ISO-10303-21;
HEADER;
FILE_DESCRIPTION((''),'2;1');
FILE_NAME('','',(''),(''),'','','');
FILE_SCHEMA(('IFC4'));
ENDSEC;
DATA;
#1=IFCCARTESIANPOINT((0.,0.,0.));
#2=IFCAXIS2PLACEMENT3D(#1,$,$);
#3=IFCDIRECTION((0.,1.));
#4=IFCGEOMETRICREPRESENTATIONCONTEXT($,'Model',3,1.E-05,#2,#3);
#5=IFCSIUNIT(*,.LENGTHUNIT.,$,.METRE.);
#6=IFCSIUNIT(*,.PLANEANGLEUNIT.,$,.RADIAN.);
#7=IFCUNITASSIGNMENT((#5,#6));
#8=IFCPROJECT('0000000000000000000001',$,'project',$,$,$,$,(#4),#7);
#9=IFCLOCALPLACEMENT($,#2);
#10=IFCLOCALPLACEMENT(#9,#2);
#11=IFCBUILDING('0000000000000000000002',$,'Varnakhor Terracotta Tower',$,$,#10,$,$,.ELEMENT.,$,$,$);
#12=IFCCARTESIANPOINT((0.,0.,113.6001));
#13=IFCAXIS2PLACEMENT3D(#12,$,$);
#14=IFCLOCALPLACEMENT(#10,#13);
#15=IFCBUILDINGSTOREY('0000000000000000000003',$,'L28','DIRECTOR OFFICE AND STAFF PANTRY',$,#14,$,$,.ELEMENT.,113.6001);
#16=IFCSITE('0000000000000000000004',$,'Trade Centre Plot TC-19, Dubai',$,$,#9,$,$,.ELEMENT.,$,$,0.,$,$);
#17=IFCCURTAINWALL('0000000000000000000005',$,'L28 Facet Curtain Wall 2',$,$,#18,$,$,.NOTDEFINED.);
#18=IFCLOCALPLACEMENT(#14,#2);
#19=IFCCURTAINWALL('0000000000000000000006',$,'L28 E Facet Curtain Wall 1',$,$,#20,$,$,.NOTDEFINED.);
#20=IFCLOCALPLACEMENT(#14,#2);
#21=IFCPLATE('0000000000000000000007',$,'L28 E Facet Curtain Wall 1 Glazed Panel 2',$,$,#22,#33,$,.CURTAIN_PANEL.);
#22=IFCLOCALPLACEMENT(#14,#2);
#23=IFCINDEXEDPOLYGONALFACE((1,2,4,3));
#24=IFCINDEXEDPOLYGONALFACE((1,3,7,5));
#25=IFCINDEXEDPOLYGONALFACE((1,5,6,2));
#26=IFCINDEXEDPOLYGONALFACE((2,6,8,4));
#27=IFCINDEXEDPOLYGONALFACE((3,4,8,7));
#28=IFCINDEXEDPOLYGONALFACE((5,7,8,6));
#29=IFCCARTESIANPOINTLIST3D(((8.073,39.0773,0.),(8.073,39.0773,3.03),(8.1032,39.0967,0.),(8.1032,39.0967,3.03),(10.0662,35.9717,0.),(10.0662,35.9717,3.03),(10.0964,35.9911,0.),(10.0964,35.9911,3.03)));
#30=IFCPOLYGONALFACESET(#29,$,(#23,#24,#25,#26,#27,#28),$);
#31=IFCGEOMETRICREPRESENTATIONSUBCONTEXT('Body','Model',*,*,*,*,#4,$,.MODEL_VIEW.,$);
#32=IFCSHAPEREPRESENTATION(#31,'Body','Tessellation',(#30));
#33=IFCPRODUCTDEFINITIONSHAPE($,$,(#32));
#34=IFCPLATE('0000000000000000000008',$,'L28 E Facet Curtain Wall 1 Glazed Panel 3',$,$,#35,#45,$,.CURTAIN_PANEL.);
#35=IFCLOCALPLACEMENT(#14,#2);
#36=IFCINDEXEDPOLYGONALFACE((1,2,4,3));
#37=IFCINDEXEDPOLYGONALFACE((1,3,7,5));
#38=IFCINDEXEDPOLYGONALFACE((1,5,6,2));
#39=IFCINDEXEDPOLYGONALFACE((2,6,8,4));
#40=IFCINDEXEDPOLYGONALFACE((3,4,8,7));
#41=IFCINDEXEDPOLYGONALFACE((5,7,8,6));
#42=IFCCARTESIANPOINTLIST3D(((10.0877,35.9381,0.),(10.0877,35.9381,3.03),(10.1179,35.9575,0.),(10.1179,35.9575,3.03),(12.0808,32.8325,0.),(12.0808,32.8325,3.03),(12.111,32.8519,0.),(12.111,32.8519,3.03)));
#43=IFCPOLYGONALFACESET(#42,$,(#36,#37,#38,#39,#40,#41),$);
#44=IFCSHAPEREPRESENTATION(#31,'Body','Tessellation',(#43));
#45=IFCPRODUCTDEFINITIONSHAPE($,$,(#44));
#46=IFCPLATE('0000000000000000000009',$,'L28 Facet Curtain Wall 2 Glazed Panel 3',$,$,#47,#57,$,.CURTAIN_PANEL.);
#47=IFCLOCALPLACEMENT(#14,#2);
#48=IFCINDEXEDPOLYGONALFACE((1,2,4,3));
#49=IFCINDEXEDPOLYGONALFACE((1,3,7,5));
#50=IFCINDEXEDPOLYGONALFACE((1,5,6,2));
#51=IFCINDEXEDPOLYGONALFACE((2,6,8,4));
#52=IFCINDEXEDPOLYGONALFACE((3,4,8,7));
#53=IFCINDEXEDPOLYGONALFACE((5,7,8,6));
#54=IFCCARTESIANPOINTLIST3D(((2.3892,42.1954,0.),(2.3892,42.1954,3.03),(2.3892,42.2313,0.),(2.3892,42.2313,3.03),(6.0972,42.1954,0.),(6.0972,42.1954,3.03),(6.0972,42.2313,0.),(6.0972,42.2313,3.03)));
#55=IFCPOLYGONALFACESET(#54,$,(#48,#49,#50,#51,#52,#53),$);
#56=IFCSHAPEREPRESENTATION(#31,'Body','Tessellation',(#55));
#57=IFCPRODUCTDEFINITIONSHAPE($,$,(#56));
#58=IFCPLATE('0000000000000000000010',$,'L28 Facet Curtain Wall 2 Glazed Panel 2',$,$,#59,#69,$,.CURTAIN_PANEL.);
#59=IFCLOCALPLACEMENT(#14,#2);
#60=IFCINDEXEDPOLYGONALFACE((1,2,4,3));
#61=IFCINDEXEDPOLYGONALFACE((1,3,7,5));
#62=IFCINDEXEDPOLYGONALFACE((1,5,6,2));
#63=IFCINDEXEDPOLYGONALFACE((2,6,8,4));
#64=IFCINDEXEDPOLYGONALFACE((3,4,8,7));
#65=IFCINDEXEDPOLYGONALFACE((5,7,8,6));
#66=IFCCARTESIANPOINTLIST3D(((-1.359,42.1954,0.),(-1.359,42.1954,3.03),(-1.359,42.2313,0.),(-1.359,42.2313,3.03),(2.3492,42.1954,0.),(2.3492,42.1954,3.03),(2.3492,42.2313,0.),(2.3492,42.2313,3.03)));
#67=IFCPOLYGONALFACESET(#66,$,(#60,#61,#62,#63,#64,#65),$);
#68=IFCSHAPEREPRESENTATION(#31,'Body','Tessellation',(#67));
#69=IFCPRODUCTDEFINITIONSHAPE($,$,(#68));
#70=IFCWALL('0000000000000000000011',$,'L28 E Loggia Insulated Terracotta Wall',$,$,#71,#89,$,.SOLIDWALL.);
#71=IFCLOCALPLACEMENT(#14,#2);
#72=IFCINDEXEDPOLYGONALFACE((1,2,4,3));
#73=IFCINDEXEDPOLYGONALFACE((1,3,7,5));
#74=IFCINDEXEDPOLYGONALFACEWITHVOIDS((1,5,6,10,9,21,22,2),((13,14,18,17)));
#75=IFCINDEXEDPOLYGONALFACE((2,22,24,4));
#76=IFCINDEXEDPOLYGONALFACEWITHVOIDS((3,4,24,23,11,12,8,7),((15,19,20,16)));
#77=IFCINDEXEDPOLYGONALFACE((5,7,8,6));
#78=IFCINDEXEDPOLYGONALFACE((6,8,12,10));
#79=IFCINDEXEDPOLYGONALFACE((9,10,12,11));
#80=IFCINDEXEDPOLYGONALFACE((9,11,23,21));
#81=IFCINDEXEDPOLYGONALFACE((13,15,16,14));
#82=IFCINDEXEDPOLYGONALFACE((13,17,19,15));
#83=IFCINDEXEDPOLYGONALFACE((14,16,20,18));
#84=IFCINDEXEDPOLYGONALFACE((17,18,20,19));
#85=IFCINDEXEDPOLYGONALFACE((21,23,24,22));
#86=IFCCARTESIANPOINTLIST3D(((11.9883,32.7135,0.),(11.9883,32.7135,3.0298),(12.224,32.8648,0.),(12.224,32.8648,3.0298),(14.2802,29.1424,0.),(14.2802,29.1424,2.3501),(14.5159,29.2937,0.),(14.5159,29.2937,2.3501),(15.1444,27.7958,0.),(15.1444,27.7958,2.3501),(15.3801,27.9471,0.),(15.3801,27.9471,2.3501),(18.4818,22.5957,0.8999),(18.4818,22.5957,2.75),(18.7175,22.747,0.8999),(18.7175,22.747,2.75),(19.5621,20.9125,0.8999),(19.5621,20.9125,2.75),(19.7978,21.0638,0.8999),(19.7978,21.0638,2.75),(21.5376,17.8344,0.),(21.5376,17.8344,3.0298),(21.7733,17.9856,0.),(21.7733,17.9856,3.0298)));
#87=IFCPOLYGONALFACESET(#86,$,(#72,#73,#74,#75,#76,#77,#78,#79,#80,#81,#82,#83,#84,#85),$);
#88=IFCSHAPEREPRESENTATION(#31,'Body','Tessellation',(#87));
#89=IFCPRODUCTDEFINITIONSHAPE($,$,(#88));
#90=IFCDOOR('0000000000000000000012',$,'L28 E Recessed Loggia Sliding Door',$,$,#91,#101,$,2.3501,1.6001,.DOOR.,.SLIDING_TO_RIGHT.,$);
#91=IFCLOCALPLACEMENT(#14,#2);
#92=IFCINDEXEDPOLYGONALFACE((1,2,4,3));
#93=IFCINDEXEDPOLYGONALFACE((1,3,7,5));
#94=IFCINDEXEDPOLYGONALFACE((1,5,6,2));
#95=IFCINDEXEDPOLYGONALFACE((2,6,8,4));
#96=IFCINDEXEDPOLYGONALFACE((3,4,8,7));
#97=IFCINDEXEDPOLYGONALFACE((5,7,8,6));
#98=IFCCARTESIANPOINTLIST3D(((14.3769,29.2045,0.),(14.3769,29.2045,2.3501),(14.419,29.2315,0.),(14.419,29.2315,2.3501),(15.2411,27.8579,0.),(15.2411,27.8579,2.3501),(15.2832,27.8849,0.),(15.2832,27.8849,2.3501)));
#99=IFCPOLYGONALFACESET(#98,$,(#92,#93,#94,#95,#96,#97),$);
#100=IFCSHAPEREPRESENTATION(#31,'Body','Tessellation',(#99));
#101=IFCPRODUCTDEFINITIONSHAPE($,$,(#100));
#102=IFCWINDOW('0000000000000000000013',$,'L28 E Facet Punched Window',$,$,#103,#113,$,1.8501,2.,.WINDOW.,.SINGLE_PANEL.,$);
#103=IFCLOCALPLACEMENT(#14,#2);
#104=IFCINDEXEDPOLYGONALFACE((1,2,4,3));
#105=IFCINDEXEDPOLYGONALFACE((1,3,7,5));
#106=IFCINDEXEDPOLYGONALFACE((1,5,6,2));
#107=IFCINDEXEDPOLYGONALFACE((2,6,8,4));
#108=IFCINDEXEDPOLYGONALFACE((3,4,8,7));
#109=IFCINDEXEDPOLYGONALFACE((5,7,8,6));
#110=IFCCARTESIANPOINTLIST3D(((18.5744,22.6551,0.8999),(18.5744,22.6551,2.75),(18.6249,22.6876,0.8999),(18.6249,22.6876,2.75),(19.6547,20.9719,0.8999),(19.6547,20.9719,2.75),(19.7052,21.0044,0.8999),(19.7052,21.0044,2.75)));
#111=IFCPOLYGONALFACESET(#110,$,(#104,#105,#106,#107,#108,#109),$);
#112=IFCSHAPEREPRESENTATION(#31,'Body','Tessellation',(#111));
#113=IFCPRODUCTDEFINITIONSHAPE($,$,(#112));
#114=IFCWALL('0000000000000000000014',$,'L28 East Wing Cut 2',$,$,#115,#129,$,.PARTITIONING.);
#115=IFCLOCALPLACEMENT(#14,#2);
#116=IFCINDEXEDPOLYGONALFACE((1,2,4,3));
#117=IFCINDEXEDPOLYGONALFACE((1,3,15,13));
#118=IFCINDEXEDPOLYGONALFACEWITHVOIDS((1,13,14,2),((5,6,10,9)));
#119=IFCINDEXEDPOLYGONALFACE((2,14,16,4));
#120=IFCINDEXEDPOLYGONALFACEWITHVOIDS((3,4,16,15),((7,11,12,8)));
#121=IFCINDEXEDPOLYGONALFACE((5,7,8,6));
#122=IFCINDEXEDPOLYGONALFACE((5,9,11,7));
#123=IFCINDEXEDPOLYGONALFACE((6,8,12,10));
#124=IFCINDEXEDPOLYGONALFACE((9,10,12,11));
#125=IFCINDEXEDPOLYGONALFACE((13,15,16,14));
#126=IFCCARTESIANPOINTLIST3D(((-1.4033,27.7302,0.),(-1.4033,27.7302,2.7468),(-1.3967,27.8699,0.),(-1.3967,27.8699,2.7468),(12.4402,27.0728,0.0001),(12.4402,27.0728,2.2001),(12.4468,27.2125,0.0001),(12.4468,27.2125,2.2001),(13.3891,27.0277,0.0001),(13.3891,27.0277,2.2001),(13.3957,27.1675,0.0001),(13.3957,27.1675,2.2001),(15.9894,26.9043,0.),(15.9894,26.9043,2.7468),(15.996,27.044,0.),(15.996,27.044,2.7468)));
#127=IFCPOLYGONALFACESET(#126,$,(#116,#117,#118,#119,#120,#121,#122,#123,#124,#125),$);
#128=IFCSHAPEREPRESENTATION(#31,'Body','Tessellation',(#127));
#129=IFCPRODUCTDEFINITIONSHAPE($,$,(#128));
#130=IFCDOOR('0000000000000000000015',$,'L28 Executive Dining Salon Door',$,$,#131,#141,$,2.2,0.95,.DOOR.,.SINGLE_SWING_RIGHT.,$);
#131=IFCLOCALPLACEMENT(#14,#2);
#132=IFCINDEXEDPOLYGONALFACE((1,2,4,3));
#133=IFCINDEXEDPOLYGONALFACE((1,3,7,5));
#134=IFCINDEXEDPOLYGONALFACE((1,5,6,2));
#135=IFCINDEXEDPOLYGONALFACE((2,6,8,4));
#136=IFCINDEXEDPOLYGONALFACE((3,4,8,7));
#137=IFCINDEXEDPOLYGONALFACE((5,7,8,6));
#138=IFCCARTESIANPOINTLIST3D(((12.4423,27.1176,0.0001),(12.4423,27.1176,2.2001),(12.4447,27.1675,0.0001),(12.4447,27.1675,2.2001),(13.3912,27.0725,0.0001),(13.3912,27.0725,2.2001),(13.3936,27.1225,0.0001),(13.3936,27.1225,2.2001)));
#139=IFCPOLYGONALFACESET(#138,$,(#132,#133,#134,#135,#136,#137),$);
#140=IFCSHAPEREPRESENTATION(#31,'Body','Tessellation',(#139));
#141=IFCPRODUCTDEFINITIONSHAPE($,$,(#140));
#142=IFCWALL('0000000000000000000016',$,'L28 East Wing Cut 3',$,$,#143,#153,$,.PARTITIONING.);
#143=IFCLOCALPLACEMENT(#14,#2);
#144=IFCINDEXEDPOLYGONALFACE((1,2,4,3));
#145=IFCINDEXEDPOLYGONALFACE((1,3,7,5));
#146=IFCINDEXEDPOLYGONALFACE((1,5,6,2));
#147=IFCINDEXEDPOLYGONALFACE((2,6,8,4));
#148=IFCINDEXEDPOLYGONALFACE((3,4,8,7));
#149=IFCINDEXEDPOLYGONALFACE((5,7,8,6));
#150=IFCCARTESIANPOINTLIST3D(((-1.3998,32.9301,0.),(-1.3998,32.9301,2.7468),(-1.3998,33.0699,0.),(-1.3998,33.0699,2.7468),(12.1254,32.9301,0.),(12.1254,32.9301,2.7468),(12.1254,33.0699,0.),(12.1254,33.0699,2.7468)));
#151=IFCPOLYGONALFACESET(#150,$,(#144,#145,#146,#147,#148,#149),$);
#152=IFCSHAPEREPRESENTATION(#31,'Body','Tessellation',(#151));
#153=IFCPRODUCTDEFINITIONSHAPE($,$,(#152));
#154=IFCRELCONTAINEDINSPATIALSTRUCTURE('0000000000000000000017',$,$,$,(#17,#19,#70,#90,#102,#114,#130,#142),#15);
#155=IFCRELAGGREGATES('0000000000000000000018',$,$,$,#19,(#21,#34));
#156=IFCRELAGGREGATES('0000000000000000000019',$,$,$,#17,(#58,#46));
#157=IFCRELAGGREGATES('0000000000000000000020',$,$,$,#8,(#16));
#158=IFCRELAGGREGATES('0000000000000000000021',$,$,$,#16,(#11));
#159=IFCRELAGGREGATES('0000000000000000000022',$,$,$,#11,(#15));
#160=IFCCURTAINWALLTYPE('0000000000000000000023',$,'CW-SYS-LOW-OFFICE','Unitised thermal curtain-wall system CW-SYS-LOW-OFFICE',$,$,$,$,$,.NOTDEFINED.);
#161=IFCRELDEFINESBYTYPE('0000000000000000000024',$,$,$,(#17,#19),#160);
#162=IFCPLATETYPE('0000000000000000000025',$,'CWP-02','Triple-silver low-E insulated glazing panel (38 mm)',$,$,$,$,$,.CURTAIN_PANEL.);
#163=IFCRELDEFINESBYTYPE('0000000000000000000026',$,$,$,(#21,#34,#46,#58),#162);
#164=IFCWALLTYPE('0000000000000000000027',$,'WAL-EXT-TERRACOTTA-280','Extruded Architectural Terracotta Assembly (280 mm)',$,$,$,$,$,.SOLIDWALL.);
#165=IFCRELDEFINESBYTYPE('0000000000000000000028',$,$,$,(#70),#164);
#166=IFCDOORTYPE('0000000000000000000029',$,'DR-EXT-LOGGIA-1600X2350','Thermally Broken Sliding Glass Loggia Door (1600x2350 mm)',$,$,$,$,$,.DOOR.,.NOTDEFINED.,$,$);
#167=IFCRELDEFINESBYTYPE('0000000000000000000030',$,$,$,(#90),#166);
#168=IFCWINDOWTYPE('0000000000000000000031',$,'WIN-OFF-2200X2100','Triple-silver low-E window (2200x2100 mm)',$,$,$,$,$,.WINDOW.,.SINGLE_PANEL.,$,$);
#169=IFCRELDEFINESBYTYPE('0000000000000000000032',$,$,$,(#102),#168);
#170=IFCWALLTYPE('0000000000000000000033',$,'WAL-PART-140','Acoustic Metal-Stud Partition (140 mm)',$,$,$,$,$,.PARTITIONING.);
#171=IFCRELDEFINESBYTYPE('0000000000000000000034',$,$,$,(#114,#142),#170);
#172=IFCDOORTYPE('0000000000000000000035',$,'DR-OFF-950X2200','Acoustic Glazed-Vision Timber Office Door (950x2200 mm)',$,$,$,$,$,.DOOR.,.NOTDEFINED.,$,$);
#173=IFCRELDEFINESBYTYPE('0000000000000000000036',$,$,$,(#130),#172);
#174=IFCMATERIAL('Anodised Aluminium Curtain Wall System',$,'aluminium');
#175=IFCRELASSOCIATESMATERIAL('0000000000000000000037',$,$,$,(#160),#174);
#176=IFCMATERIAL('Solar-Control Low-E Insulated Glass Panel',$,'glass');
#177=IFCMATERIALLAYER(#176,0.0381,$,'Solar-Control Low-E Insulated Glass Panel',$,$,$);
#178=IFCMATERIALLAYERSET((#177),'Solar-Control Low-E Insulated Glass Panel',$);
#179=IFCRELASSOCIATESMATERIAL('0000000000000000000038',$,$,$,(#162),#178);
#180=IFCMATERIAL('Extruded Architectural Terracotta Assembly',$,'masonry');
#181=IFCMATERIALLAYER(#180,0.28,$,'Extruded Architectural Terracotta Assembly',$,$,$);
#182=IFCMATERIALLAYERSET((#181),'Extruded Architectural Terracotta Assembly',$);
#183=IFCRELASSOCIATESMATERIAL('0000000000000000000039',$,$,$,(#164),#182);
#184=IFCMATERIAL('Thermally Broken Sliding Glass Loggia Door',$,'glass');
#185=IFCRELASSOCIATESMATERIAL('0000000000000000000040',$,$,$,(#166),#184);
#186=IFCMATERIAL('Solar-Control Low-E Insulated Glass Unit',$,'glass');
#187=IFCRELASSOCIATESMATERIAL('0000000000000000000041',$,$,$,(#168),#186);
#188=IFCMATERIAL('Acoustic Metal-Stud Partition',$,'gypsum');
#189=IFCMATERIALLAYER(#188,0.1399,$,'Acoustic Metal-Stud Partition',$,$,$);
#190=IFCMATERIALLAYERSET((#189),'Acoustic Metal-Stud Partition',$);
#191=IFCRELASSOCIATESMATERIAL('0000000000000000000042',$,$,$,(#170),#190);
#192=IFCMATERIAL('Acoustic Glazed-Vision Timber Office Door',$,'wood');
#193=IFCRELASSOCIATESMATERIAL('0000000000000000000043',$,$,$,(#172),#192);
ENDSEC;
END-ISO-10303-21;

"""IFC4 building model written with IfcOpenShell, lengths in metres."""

from ifc_helpers import new_model, si_unit, direction, frame, frame_2d, origin, origin_2d, place, context, subcontext, project, spatial, rectangle, extrude, source, transform, mapped, material, layer, layer_set, type_object, type_shapes, element, fill, aggregate, save


model = new_model("IFC4")

# Units and contexts
model_context = context("Model", 3, precision=1e-05, world=origin(), true_north=direction((0.0, 1.0)))
body_context = subcontext(model_context, "Body", "Model", "MODEL_VIEW")
ifc_project = project(units=[si_unit("LENGTHUNIT", "METRE"), si_unit("PLANEANGLEUNIT", "RADIAN")], contexts=[model_context])

# Site, building, storey
site_placement = place(None, origin())
site = spatial("IfcSite", under=ifc_project, at=site_placement, Name="Trade Centre Plot TC-19, Dubai", CompositionType="ELEMENT", RefElevation=0.0)
building_placement = place(site_placement, origin())
building = spatial("IfcBuilding", under=site, at=building_placement, Name="Varnakhor Terracotta Tower", CompositionType="ELEMENT")
storey_placement = place(building_placement, frame((0.0, 0.0, 113.6001)))
storey = spatial("IfcBuildingStorey", under=building, at=storey_placement, Name="L28", Description="DIRECTOR OFFICE AND STAFF PANTRY", CompositionType="ELEMENT", Elevation=113.6001)

# Curtain walls
ifc_material_1 = material(Name="Anodised Aluminium Curtain Wall System", Category="aluminium")
curtain_wall_type = type_object("IfcCurtainWallType", Name="CW-SYS-LOW-OFFICE", Description="Unitised thermal curtain-wall system CW-SYS-LOW-OFFICE", PredefinedType="NOTDEFINED", material=ifc_material_1)
curtain_wall_1_placement = place(storey_placement, origin())
curtain_wall_1 = element("IfcCurtainWall", 1, at=curtain_wall_1_placement, inside=storey, type_object=curtain_wall_type, Name="L28 Facet Curtain Wall 2", PredefinedType="NOTDEFINED")
curtain_wall_2_placement = place(storey_placement, origin())
curtain_wall_2 = element("IfcCurtainWall", 2, at=curtain_wall_2_placement, inside=storey, type_object=curtain_wall_type, Name="L28 E Facet Curtain Wall 1", PredefinedType="NOTDEFINED")

# Plates
ifc_material_2 = material(Name="Solar-Control Low-E Insulated Glass Panel", Category="glass")
ifc_layer_1 = layer(ifc_material_2, 0.0381, Name="Solar-Control Low-E Insulated Glass Panel")
ifc_layer_set_1 = layer_set([ifc_layer_1], Name="Solar-Control Low-E Insulated Glass Panel")
plate_type = type_object("IfcPlateType", Name="CWP-02", Description="Triple-silver low-E insulated glazing panel (38 mm)", PredefinedType="CURTAIN_PANEL", material=ifc_layer_set_1)
shared_shape_1 = source(origin(), body_context, "Body", "SweptSolid", [
    extrude(rectangle(XDim=3.6902, YDim=0.0359, at=origin_2d()), origin(), (0.0, 0.0, 1.0), 3.03),
])
plate_1_placement = place(storey_placement, frame((9.0847, 37.5342, 0.0), z_axis=(0.0, 0.0, 1.0), x_axis=(0.540123, -0.841586, 0.0)))
plate_1 = element("IfcPlate", 3, at=plate_1_placement, type_object=plate_type, Name="L28 E Facet Curtain Wall 1 Glazed Panel 2", PredefinedType="CURTAIN_PANEL", context=body_context, shape_type="MappedRepresentation", body=[
    mapped(shared_shape_1, transform((0.0, 0.0, 0.0), scale=1.0)),
])
plate_2_placement = place(storey_placement, frame((11.0994, 34.395, 0.0), z_axis=(0.0, 0.0, 1.0), x_axis=(0.540123, -0.841586, 0.0)))
plate_2 = element("IfcPlate", 4, at=plate_2_placement, type_object=plate_type, Name="L28 E Facet Curtain Wall 1 Glazed Panel 3", PredefinedType="CURTAIN_PANEL", context=body_context, shape_type="MappedRepresentation", body=[
    mapped(shared_shape_1, transform((0.0, 0.0, 0.0), scale=1.0)),
])
aggregate(curtain_wall_2, [plate_1, plate_2])
shared_shape_2 = source(origin(), body_context, "Body", "SweptSolid", [
    extrude(rectangle(XDim=3.708, YDim=0.0359, at=origin_2d()), origin(), (0.0, 0.0, 1.0), 3.03),
])
plate_3_placement = place(storey_placement, frame((4.2432, 42.2134, 0.0), z_axis=(0.0, 0.0, 1.0), x_axis=(1.0, 0.0, 0.0)))
plate_3 = element("IfcPlate", 5, at=plate_3_placement, type_object=plate_type, Name="L28 Facet Curtain Wall 2 Glazed Panel 3", PredefinedType="CURTAIN_PANEL", context=body_context, shape_type="MappedRepresentation", body=[
    mapped(shared_shape_2, transform((0.0, 0.0, 0.0), scale=1.0)),
])
shared_shape_3 = source(origin(), body_context, "Body", "SweptSolid", [
    extrude(rectangle(XDim=3.7083, YDim=0.0359, at=origin_2d()), origin(), (0.0, 0.0, 1.0), 3.03),
])
plate_4_placement = place(storey_placement, frame((0.4951, 42.2134, 0.0), z_axis=(0.0, 0.0, 1.0), x_axis=(1.0, 0.0, 0.0)))
plate_4 = element("IfcPlate", 6, at=plate_4_placement, type_object=plate_type, Name="L28 Facet Curtain Wall 2 Glazed Panel 2", PredefinedType="CURTAIN_PANEL", context=body_context, shape_type="MappedRepresentation", body=[
    mapped(shared_shape_3, transform((0.0, 0.0, 0.0), scale=1.0)),
])
aggregate(curtain_wall_1, [plate_4, plate_3])

# Wall, openings, door, window
ifc_material_3 = material(Name="Extruded Architectural Terracotta Assembly", Category="masonry")
ifc_layer_2 = layer(ifc_material_3, 0.28, Name="Extruded Architectural Terracotta Assembly")
ifc_layer_set_2 = layer_set([ifc_layer_2], Name="Extruded Architectural Terracotta Assembly")
wall_type_1 = type_object("IfcWallType", Name="WAL-EXT-TERRACOTTA-280", Description="Extruded Architectural Terracotta Assembly (280 mm)", PredefinedType="SOLIDWALL", material=ifc_layer_set_2)
wall_1_placement = place(storey_placement, frame((12.1062, 32.7891, 0.0), z_axis=(0.0, 0.0, 1.0), x_axis=(0.540123, -0.841586, 0.0)))
wall_1 = element("IfcWall", 7, at=wall_1_placement, inside=storey, type_object=wall_type_1, Name="L28 E Loggia Insulated Terracotta Wall", PredefinedType="SOLIDWALL", context=body_context, shape_type="SweptSolid", body=[
    extrude(rectangle(XDim=17.6799, YDim=0.28, at=frame_2d((8.8398, 0.0))), origin(), (0.0, 0.0, 1.0), 3.0298),
])
opening_1_placement = place(wall_1_placement, frame((4.2432, 0.0, 0.0)))
opening_1 = element("IfcOpeningElement", 8, at=opening_1_placement, cuts=wall_1, PredefinedType="OPENING", context=body_context, shape_type="SweptSolid", body=[
    extrude(rectangle(XDim=1.6001, YDim=2.3501, at=frame_2d((0.8, 1.175))), frame((0.0, 0.1499, 0.0), z_axis=(0.0, -1.0, 0.0), x_axis=(1.0, 0.0, 0.0)), (0.0, 0.0, 1.0), 0.3),
])
opening_2_placement = place(wall_1_placement, frame((12.0222, 0.0, 0.8999)))
opening_2 = element("IfcOpeningElement", 9, at=opening_2_placement, cuts=wall_1, PredefinedType="OPENING", context=body_context, shape_type="SweptSolid", body=[
    extrude(rectangle(XDim=2.0, YDim=1.8501, at=frame_2d((1.0, 0.925))), frame((0.0, 0.1499, 0.0), z_axis=(0.0, -1.0, 0.0), x_axis=(1.0, 0.0, 0.0)), (0.0, 0.0, 1.0), 0.3),
])
ifc_material_4 = material(Name="Thermally Broken Sliding Glass Loggia Door", Category="glass")
door_type_1 = type_object("IfcDoorType", Name="DR-EXT-LOGGIA-1600X2350", Description="Thermally Broken Sliding Glass Loggia Door (1600x2350 mm)", OperationType="NOTDEFINED", PredefinedType="DOOR", material=ifc_material_4)
shared_shape_4 = source(origin(), body_context, "Body", "SweptSolid", [
    extrude(rectangle(XDim=1.6001, YDim=2.3501, at=frame_2d((0.8, 1.175))), frame((0.0, 0.0249, 0.0), z_axis=(0.0, -1.0, 0.0), x_axis=(1.0, 0.0, 0.0)), (0.0, 0.0, 1.0), 0.05),
])
type_shapes(door_type_1, [shared_shape_4])
door_1_placement = place(opening_1_placement, origin())
door_1 = element("IfcDoor", 10, at=door_1_placement, inside=storey, type_object=door_type_1, Name="L28 E Recessed Loggia Sliding Door", OperationType="SLIDING_TO_RIGHT", OverallHeight=2.3501, OverallWidth=1.6001, PredefinedType="DOOR", context=body_context, shape_type="MappedRepresentation", body=[
    mapped(shared_shape_4, transform((0.0, 0.0, 0.0), scale=1.0)),
])
fill(opening_1, door_1)
ifc_material_5 = material(Name="Solar-Control Low-E Insulated Glass Unit", Category="glass")
window_type = type_object("IfcWindowType", Name="WIN-OFF-2200X2100", Description="Triple-silver low-E window (2200x2100 mm)", PartitioningType="SINGLE_PANEL", PredefinedType="WINDOW", material=ifc_material_5)
shared_shape_5 = source(origin(), body_context, "Body", "SweptSolid", [
    extrude(rectangle(XDim=2.0, YDim=1.8501, at=frame_2d((1.0, 0.925))), frame((0.0, 0.03, 0.0), z_axis=(0.0, -1.0, 0.0), x_axis=(1.0, 0.0, 0.0)), (0.0, 0.0, 1.0), 0.0601),
])
type_shapes(window_type, [shared_shape_5])
window_placement = place(opening_2_placement, origin())
window = element("IfcWindow", 11, at=window_placement, inside=storey, type_object=window_type, Name="L28 E Facet Punched Window", OverallHeight=1.8501, OverallWidth=2.0, PartitioningType="SINGLE_PANEL", PredefinedType="WINDOW", context=body_context, shape_type="MappedRepresentation", body=[
    mapped(shared_shape_5, transform((0.0, 0.0, 0.0), scale=1.0)),
])
fill(opening_2, window)

# Wall, opening, door
ifc_material_6 = material(Name="Acoustic Metal-Stud Partition", Category="gypsum")
ifc_layer_3 = layer(ifc_material_6, 0.1399, Name="Acoustic Metal-Stud Partition")
ifc_layer_set_3 = layer_set([ifc_layer_3], Name="Acoustic Metal-Stud Partition")
wall_type_2 = type_object("IfcWallType", Name="WAL-PART-140", Description="Acoustic Metal-Stud Partition (140 mm)", PredefinedType="PARTITIONING", material=ifc_layer_set_3)
wall_2_placement = place(storey_placement, frame((-1.3999, 27.8, 0.0), z_axis=(0.0, 0.0, 1.0), x_axis=(0.998874, -0.047433, 0.0)))
wall_2 = element("IfcWall", 12, at=wall_2_placement, inside=storey, type_object=wall_type_2, Name="L28 East Wing Cut 2", PredefinedType="PARTITIONING", context=body_context, shape_type="SweptSolid", body=[
    extrude(rectangle(XDim=17.4124, YDim=0.1399, at=frame_2d((8.7061, 0.0))), origin(), (0.0, 0.0, 1.0), 2.7468),
])
opening_3_placement = place(wall_2_placement, frame((13.8589, 0.0, 0.0)))
opening_3 = element("IfcOpeningElement", 13, at=opening_3_placement, cuts=wall_2, PredefinedType="OPENING", context=body_context, shape_type="SweptSolid", body=[
    extrude(rectangle(XDim=0.95, YDim=2.2, at=frame_2d((0.4751, 1.1001))), frame((0.0, 0.0801, 0.0), z_axis=(0.0, -1.0, 0.0), x_axis=(1.0, 0.0, 0.0)), (0.0, 0.0, 1.0), 0.1599),
])
ifc_material_7 = material(Name="Acoustic Glazed-Vision Timber Office Door", Category="wood")
door_type_2 = type_object("IfcDoorType", Name="DR-OFF-950X2200", Description="Acoustic Glazed-Vision Timber Office Door (950x2200 mm)", OperationType="NOTDEFINED", PredefinedType="DOOR", material=ifc_material_7)
shared_shape_6 = source(origin(), body_context, "Body", "SweptSolid", [
    extrude(rectangle(XDim=0.95, YDim=2.2, at=frame_2d((0.4751, 1.1001))), frame((0.0, 0.0249, 0.0), z_axis=(0.0, -1.0, 0.0), x_axis=(1.0, 0.0, 0.0)), (0.0, 0.0, 1.0), 0.05),
])
type_shapes(door_type_2, [shared_shape_6])
door_2_placement = place(opening_3_placement, origin())
door_2 = element("IfcDoor", 14, at=door_2_placement, inside=storey, type_object=door_type_2, Name="L28 Executive Dining Salon Door", OperationType="SINGLE_SWING_RIGHT", OverallHeight=2.2, OverallWidth=0.95, PredefinedType="DOOR", context=body_context, shape_type="MappedRepresentation", body=[
    mapped(shared_shape_6, transform((0.0, 0.0, 0.0), scale=1.0)),
])
fill(opening_3, door_2)

# Wall
wall_3_placement = place(storey_placement, frame((-1.3999, 33.0, 0.0), z_axis=(0.0, 0.0, 1.0), x_axis=(1.0, 0.0, 0.0)))
element("IfcWall", 15, at=wall_3_placement, inside=storey, type_object=wall_type_2, Name="L28 East Wing Cut 3", PredefinedType="PARTITIONING", context=body_context, shape_type="SweptSolid", body=[
    extrude(rectangle(XDim=13.5251, YDim=0.1399, at=frame_2d((6.7627, 0.0))), origin(), (0.0, 0.0, 1.0), 2.7468),
])

save(model, "model.ifc")
